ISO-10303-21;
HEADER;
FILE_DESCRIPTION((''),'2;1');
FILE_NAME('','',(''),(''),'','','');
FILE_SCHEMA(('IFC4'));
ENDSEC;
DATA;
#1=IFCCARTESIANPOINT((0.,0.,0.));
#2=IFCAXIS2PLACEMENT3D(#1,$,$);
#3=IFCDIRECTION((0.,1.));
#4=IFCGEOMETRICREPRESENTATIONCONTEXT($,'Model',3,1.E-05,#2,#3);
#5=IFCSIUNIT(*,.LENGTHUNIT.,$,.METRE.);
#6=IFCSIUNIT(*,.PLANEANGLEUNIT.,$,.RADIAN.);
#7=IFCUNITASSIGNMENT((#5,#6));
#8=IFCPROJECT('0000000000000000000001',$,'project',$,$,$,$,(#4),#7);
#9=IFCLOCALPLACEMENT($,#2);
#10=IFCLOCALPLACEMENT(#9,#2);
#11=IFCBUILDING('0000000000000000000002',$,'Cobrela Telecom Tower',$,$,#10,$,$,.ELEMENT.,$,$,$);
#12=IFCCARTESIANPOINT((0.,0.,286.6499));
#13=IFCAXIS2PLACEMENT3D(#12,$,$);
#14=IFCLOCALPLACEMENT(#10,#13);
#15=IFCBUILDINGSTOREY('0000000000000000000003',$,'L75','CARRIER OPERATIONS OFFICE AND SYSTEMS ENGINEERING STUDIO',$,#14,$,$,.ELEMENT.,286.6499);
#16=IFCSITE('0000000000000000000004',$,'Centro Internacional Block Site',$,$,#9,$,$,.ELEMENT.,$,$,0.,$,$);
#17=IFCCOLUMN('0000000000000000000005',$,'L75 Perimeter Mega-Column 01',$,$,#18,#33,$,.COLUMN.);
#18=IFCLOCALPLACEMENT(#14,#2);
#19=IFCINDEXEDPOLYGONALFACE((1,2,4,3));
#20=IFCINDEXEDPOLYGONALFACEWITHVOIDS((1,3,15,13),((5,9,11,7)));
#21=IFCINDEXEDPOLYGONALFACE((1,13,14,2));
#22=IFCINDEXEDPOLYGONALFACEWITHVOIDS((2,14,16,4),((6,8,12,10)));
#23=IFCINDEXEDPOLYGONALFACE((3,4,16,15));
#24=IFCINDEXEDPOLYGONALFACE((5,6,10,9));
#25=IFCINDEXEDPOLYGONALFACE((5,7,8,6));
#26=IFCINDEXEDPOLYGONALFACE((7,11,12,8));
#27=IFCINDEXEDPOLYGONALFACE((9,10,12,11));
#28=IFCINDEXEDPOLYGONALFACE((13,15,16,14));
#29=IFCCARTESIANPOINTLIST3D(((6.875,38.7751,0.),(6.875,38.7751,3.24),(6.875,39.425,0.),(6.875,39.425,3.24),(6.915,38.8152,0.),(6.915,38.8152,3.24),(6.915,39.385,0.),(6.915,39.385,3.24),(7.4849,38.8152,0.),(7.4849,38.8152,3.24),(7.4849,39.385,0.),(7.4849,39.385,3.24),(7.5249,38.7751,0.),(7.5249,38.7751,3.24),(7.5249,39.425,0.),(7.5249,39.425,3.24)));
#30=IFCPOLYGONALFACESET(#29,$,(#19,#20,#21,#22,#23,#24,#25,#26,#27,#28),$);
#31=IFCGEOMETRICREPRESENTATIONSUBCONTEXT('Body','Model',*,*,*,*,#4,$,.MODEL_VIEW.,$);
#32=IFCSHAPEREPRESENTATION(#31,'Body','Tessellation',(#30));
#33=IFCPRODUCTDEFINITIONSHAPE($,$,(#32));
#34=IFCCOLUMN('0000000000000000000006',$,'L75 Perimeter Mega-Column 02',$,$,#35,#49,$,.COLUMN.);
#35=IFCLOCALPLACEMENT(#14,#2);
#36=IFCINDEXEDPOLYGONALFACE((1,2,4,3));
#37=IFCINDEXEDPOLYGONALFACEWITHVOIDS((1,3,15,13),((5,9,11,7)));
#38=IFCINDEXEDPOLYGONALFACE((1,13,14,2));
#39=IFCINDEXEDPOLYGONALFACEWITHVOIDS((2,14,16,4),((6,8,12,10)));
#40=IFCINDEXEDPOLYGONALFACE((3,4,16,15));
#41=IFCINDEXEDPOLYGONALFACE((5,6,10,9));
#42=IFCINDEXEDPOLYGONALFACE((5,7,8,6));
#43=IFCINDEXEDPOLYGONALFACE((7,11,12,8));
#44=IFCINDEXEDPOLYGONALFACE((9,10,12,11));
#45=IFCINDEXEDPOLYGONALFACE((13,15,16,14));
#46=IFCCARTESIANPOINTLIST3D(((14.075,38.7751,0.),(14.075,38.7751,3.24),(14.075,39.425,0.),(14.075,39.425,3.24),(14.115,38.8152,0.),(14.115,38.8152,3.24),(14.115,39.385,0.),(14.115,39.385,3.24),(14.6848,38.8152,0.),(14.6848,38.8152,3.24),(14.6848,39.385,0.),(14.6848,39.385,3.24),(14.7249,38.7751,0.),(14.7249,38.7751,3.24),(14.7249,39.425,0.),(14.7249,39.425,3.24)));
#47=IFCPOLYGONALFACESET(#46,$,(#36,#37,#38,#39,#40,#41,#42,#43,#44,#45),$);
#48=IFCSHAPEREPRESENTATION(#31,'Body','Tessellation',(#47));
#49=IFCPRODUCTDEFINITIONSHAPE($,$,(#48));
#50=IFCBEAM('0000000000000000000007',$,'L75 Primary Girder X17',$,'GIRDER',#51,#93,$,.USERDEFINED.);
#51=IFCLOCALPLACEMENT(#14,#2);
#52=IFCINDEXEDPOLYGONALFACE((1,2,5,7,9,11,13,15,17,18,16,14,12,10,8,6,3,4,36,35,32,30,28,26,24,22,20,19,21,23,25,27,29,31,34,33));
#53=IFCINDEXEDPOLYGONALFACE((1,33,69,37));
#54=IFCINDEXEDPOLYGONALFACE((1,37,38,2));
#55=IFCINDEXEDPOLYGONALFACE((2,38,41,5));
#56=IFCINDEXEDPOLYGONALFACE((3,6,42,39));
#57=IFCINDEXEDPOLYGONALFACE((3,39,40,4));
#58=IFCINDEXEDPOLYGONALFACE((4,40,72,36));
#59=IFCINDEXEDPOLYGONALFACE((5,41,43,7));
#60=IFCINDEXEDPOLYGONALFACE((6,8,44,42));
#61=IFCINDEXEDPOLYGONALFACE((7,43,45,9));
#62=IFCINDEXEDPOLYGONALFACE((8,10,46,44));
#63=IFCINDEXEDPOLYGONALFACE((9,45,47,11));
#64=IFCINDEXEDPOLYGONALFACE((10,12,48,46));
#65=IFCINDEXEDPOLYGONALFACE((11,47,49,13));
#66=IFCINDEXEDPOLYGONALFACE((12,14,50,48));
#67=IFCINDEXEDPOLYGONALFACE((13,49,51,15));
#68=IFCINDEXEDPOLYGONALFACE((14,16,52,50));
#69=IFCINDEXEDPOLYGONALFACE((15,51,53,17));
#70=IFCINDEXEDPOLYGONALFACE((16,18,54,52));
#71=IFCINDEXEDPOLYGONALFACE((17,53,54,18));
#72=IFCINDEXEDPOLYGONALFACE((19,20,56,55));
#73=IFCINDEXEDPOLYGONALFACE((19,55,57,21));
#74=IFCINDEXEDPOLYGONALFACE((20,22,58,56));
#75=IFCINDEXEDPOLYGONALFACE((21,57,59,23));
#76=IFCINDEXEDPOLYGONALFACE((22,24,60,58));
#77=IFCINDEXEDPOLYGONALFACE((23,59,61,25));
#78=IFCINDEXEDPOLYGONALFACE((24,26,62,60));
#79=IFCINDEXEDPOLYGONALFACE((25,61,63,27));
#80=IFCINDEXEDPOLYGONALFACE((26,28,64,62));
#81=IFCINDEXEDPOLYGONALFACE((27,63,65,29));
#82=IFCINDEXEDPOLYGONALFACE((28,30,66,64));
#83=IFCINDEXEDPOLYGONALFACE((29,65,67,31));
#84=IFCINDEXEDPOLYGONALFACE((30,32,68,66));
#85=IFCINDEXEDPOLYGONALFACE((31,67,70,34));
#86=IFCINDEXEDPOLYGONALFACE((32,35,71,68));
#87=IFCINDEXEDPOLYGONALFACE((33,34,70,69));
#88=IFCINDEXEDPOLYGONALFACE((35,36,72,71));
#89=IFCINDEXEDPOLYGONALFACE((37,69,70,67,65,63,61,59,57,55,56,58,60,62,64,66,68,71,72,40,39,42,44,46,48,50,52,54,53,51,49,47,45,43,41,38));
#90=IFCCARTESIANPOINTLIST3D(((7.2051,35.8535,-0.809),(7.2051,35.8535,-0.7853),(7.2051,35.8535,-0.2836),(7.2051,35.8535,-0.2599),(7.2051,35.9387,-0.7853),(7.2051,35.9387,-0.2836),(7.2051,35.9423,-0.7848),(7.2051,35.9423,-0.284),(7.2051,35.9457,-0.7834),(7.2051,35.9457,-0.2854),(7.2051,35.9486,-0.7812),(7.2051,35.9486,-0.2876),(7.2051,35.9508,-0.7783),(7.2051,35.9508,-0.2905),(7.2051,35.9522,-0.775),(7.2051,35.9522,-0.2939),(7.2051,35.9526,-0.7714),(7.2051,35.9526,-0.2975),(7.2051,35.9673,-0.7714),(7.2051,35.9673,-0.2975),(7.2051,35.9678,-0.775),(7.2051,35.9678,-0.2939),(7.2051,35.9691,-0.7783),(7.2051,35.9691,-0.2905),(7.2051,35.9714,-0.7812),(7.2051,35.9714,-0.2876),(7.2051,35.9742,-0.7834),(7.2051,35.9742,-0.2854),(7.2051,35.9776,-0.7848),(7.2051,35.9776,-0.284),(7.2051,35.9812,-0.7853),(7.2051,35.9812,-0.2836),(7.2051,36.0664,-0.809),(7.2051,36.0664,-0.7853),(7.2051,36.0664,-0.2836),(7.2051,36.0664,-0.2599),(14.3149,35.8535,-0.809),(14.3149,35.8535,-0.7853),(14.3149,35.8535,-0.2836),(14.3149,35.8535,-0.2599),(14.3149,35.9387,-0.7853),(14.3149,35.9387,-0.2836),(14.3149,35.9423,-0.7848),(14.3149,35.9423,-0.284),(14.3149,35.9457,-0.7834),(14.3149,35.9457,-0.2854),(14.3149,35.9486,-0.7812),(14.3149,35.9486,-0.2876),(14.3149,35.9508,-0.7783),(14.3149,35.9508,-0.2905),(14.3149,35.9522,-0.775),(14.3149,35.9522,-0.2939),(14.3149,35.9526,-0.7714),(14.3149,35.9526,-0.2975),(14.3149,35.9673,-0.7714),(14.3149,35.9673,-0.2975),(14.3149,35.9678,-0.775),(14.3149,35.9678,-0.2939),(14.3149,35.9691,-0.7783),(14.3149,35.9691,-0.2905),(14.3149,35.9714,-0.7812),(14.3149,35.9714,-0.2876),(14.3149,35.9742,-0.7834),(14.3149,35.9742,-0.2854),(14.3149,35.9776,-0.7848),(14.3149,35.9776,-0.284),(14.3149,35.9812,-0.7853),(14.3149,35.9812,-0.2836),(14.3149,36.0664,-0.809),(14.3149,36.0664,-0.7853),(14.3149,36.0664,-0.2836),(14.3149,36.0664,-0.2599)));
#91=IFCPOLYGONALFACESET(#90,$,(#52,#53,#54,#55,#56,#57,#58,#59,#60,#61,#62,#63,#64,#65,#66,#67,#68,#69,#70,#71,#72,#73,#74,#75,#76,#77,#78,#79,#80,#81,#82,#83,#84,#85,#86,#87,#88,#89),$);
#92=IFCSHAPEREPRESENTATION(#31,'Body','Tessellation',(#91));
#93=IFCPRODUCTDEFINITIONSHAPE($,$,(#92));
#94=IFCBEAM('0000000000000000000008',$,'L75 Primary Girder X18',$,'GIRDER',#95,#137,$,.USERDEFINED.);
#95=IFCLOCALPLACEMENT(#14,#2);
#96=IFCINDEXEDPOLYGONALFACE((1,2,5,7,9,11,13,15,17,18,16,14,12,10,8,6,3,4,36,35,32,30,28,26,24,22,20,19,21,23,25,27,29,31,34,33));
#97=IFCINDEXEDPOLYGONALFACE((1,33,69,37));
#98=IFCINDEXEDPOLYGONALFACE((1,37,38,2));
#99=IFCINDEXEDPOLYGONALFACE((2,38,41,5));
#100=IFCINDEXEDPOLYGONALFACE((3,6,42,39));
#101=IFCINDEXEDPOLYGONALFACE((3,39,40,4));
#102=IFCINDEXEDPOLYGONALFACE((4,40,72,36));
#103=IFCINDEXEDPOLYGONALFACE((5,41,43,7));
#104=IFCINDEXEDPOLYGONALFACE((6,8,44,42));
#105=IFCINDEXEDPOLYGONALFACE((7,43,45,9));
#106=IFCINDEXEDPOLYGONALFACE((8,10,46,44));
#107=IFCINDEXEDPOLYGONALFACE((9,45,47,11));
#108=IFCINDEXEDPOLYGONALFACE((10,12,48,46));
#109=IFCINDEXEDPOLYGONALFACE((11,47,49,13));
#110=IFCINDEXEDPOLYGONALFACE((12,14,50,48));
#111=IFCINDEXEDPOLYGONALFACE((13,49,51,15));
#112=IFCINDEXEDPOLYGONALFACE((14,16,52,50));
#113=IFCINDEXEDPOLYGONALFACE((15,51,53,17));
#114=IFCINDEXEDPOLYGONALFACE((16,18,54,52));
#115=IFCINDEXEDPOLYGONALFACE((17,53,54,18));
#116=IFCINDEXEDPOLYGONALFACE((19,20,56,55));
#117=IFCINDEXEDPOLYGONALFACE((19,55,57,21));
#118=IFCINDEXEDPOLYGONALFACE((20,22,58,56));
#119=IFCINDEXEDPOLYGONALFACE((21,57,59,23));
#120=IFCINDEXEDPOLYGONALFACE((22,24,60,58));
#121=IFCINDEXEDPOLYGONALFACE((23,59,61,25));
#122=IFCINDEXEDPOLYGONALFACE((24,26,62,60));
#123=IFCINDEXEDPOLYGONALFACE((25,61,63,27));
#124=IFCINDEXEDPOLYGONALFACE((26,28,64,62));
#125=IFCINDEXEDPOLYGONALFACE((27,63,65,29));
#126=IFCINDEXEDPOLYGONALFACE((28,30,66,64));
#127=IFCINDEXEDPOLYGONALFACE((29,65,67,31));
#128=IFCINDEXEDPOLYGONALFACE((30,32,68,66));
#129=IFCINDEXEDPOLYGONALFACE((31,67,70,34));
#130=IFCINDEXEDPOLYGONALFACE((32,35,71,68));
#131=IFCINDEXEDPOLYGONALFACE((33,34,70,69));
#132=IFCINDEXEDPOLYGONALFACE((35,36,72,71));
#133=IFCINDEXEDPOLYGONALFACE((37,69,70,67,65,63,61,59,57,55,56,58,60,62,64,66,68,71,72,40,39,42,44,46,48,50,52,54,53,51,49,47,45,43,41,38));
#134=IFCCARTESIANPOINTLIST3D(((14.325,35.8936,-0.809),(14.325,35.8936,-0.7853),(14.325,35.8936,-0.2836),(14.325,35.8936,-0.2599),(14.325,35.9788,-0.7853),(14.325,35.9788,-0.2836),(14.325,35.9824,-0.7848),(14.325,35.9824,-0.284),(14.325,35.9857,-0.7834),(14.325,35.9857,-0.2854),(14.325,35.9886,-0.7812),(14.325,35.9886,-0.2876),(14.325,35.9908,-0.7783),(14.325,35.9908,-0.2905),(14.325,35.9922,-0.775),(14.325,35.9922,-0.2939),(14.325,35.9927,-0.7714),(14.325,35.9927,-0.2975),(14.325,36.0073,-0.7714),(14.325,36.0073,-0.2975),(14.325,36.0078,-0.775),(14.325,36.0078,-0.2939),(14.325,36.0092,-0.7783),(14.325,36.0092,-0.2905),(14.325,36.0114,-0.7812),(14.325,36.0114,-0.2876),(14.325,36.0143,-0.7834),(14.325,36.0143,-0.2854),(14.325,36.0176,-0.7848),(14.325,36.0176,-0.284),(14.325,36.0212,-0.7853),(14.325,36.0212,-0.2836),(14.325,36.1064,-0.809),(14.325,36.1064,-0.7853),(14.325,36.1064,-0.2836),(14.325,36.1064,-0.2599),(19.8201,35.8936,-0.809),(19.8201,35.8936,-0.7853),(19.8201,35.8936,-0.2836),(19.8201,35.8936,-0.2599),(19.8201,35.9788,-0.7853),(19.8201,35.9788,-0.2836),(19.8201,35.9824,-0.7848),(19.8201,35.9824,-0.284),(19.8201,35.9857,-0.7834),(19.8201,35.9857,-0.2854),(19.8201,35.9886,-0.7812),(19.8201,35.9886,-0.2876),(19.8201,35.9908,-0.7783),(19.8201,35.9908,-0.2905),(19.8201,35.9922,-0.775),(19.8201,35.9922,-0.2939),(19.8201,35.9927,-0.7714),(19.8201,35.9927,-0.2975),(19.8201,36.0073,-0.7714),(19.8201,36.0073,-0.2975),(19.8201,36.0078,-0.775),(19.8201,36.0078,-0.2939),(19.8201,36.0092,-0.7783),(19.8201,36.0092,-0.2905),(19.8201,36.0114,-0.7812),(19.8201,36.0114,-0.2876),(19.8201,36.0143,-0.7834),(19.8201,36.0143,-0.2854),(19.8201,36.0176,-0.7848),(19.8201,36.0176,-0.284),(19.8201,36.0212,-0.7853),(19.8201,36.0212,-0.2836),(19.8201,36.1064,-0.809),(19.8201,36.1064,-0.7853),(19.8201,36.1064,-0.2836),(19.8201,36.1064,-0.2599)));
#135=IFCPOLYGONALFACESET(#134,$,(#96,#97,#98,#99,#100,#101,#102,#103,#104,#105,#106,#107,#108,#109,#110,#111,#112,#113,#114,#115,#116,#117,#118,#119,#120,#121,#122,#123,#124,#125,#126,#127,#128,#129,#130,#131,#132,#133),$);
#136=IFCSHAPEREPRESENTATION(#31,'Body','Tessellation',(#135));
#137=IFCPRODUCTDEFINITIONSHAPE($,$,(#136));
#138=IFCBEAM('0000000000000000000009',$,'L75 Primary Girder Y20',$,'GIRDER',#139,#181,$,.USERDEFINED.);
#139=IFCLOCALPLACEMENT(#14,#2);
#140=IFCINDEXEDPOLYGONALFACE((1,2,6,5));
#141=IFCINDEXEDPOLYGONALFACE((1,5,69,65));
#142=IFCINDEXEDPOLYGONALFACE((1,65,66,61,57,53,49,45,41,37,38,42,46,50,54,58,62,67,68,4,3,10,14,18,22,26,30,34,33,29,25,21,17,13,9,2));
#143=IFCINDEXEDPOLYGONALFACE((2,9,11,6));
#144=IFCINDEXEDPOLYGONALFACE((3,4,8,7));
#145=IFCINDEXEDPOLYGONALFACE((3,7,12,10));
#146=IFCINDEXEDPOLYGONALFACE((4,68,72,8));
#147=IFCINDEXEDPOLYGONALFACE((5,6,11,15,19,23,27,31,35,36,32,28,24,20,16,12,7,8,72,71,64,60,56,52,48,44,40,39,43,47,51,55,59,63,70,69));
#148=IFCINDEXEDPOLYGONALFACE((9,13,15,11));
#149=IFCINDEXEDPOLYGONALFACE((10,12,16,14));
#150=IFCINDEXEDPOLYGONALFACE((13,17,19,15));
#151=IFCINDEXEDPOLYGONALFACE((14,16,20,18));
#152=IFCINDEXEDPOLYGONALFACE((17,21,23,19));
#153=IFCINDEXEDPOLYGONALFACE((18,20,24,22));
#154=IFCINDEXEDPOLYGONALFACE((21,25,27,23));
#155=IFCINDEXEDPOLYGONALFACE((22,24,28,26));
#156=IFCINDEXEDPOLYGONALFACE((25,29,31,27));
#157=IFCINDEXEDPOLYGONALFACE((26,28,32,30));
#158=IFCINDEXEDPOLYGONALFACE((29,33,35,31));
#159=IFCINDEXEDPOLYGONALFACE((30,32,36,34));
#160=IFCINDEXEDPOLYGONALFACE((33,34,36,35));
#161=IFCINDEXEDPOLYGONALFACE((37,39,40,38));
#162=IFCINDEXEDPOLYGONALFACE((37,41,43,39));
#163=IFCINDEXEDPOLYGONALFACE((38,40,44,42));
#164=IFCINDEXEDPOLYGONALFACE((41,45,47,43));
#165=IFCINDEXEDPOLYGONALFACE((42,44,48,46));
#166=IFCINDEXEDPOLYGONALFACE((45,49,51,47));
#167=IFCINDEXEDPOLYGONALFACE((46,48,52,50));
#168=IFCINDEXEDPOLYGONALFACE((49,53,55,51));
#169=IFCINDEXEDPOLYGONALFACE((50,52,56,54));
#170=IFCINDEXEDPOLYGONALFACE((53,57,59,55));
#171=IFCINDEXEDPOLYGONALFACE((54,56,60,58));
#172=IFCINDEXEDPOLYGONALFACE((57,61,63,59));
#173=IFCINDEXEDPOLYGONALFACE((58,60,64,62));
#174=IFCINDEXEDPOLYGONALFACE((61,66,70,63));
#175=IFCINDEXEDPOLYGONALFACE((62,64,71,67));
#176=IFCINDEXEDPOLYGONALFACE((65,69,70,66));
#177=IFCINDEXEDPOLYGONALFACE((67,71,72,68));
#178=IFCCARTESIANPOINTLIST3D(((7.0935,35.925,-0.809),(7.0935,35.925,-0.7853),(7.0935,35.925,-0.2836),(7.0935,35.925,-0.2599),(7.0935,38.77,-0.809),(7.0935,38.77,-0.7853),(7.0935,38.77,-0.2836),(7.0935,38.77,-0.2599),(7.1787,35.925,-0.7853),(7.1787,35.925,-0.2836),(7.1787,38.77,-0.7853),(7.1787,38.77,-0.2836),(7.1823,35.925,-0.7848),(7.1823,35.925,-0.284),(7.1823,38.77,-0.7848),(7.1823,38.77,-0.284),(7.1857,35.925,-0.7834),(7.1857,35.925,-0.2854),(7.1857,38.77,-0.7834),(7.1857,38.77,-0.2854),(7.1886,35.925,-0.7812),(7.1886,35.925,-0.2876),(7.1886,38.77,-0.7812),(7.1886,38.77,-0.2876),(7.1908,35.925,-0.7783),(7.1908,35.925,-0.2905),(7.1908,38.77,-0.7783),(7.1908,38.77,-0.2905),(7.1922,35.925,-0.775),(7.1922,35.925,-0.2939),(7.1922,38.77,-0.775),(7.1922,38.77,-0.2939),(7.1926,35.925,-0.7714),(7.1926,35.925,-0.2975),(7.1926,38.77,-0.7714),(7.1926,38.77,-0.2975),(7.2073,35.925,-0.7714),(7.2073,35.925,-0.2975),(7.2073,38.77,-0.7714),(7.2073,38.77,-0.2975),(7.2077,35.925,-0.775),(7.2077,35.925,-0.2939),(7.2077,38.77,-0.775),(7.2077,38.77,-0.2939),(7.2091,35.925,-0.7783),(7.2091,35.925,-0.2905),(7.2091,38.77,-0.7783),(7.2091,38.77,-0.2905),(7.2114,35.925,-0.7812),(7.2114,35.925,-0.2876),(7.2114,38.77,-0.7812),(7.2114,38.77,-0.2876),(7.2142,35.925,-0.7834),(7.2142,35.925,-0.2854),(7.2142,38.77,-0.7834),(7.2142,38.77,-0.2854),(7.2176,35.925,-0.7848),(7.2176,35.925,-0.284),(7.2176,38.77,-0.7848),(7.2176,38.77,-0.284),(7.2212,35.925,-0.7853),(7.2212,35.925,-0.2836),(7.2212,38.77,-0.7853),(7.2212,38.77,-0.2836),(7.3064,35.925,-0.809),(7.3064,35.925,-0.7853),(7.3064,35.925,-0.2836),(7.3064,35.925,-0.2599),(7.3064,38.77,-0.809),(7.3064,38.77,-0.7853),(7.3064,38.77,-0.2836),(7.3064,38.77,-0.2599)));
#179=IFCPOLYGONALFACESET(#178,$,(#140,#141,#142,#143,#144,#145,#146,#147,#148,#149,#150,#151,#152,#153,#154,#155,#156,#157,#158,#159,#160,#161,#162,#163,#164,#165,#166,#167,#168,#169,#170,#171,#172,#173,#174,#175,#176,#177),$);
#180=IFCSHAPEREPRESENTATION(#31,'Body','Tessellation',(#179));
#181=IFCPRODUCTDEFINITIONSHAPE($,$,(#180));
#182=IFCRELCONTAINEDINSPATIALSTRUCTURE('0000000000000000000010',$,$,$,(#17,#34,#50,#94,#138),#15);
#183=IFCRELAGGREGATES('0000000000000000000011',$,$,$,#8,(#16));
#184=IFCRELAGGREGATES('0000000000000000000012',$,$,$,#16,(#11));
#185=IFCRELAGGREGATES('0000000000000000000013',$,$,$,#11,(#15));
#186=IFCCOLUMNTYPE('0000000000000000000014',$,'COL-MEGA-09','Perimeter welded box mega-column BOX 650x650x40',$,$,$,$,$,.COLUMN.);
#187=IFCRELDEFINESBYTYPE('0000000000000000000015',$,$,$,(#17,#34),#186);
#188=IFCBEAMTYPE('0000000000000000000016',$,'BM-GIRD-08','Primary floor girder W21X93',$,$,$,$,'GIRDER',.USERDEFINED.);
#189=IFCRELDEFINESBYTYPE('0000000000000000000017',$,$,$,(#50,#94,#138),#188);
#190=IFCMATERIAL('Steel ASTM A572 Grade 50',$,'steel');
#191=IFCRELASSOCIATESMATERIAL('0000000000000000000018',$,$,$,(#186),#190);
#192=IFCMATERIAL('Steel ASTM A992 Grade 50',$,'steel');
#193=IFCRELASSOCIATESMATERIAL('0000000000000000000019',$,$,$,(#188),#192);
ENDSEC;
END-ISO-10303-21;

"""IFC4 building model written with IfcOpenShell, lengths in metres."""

from ifc_helpers import new_model, si_unit, direction, frame, origin, origin_2d, place, context, subcontext, project, spatial, hollow_rectangle, i_section, extrude, material, material_profile, profile_set, type_object, element, save


model = new_model("IFC4")

# Units and contexts
model_context = context("Model", 3, precision=1e-05, world=origin(), true_north=direction((0.0, 1.0)))
body_context = subcontext(model_context, "Body", "Model", "MODEL_VIEW")
ifc_project = project(units=[si_unit("LENGTHUNIT", "METRE"), si_unit("PLANEANGLEUNIT", "RADIAN")], contexts=[model_context])

# Site, building, storey
site_placement = place(None, origin())
site = spatial("IfcSite", under=ifc_project, at=site_placement, Name="Centro Internacional Block Site", CompositionType="ELEMENT", RefElevation=0.0)
building_placement = place(site_placement, origin())
building = spatial("IfcBuilding", under=site, at=building_placement, Name="Cobrela Telecom Tower", CompositionType="ELEMENT")
storey_placement = place(building_placement, frame((0.0, 0.0, 286.6499)))
storey = spatial("IfcBuildingStorey", under=building, at=storey_placement, Name="L75", Description="CARRIER OPERATIONS OFFICE AND SYSTEMS ENGINEERING STUDIO", CompositionType="ELEMENT", Elevation=286.6499)

# Columns
ifc_material_1 = material(Name="Steel ASTM A572 Grade 50", Category="steel")
ifc_material_profile_1 = material_profile(ifc_material_1, hollow_rectangle(XDim=0.6499, YDim=0.6499, WallThickness=0.04, at=origin_2d()), Name="BOX 650x650x40")
ifc_profile_set_1 = profile_set([ifc_material_profile_1], Name="Steel ASTM A572 Grade 50")
column_type = type_object("IfcColumnType", Name="COL-MEGA-09", Description="Perimeter welded box mega-column BOX 650x650x40", PredefinedType="COLUMN", material=ifc_profile_set_1)
for number, where, z_axis, x_axis, name in (
    (1, (7.2, 39.1001, 0.0), (0.0, 0.0, 1.0), (1.0, 0.0, 0.0), "L75 Perimeter Mega-Column 01"),
    (2, (14.3999, 39.1001, 0.0), (0.0, 0.0, 1.0), (1.0, 0.0, 0.0), "L75 Perimeter Mega-Column 02"),
):
    element("IfcColumn", number, at=place(storey_placement, frame(where, z_axis=z_axis, x_axis=x_axis)), inside=storey, type_object=column_type, Name=name, PredefinedType="COLUMN", context=body_context, shape_type="SweptSolid", body=[
        extrude(hollow_rectangle(XDim=0.6499, YDim=0.6499, WallThickness=0.04, at=origin_2d()), origin(), (0.0, 0.0, 1.0), 3.24),
    ])

# Beams
ifc_material_2 = material(Name="Steel ASTM A992 Grade 50", Category="steel")
ifc_material_profile_2 = material_profile(ifc_material_2, i_section(OverallWidth=0.2129, OverallDepth=0.5491, WebThickness=0.0146, FlangeThickness=0.0237, FilletRadius=0.0139, at=origin_2d()), Name="W21X93")
ifc_profile_set_2 = profile_set([ifc_material_profile_2], Name="Steel ASTM A992 Grade 50")
beam_type_1 = type_object("IfcBeamType", Name="BM-GIRD-08", Description="Primary floor girder W21X93", ElementType="GIRDER", PredefinedType="USERDEFINED", material=ifc_profile_set_2)
beam_1_placement = place(storey_placement, frame((7.2051, 35.96, -0.5344), z_axis=(1.0, 0.0, 0.0), x_axis=(0.0, 1.0, 0.0)))
element("IfcBeam", 3, at=beam_1_placement, inside=storey, type_object=beam_type_1, Name="L75 Primary Girder X17", ObjectType="GIRDER", PredefinedType="USERDEFINED", context=body_context, shape_type="SweptSolid", body=[
    extrude(i_section(OverallWidth=0.2129, OverallDepth=0.5491, WebThickness=0.0146, FlangeThickness=0.0237, FilletRadius=0.0139, at=origin_2d()), origin(), (0.0, 0.0, 1.0), 7.1099),
])
beam_2_placement = place(storey_placement, frame((14.325, 36.0, -0.5344), z_axis=(1.0, 0.0, 0.0), x_axis=(0.0, 1.0, 0.0)))
element("IfcBeam", 4, at=beam_2_placement, inside=storey, type_object=beam_type_1, Name="L75 Primary Girder X18", ObjectType="GIRDER", PredefinedType="USERDEFINED", context=body_context, shape_type="SweptSolid", body=[
    extrude(i_section(OverallWidth=0.2129, OverallDepth=0.5491, WebThickness=0.0146, FlangeThickness=0.0237, FilletRadius=0.0139, at=origin_2d()), origin(), (0.0, 0.0, 1.0), 5.4951),
])
for number, where, z_axis, x_axis, name in (
    (5, (7.2, 35.925, -0.5344), (0.0, 1.0, 0.0), (-1.0, 0.0, 0.0), "L75 Primary Girder Y20"),
):
    element("IfcBeam", number, at=place(storey_placement, frame(where, z_axis=z_axis, x_axis=x_axis)), inside=storey, type_object=beam_type_1, Name=name, ObjectType="GIRDER", PredefinedType="USERDEFINED", context=body_context, shape_type="SweptSolid", body=[
        extrude(i_section(OverallWidth=0.2129, OverallDepth=0.5491, WebThickness=0.0146, FlangeThickness=0.0237, FilletRadius=0.0139, at=origin_2d()), origin(), (0.0, 0.0, 1.0), 2.845),
    ])

save(model, "model.ifc")
